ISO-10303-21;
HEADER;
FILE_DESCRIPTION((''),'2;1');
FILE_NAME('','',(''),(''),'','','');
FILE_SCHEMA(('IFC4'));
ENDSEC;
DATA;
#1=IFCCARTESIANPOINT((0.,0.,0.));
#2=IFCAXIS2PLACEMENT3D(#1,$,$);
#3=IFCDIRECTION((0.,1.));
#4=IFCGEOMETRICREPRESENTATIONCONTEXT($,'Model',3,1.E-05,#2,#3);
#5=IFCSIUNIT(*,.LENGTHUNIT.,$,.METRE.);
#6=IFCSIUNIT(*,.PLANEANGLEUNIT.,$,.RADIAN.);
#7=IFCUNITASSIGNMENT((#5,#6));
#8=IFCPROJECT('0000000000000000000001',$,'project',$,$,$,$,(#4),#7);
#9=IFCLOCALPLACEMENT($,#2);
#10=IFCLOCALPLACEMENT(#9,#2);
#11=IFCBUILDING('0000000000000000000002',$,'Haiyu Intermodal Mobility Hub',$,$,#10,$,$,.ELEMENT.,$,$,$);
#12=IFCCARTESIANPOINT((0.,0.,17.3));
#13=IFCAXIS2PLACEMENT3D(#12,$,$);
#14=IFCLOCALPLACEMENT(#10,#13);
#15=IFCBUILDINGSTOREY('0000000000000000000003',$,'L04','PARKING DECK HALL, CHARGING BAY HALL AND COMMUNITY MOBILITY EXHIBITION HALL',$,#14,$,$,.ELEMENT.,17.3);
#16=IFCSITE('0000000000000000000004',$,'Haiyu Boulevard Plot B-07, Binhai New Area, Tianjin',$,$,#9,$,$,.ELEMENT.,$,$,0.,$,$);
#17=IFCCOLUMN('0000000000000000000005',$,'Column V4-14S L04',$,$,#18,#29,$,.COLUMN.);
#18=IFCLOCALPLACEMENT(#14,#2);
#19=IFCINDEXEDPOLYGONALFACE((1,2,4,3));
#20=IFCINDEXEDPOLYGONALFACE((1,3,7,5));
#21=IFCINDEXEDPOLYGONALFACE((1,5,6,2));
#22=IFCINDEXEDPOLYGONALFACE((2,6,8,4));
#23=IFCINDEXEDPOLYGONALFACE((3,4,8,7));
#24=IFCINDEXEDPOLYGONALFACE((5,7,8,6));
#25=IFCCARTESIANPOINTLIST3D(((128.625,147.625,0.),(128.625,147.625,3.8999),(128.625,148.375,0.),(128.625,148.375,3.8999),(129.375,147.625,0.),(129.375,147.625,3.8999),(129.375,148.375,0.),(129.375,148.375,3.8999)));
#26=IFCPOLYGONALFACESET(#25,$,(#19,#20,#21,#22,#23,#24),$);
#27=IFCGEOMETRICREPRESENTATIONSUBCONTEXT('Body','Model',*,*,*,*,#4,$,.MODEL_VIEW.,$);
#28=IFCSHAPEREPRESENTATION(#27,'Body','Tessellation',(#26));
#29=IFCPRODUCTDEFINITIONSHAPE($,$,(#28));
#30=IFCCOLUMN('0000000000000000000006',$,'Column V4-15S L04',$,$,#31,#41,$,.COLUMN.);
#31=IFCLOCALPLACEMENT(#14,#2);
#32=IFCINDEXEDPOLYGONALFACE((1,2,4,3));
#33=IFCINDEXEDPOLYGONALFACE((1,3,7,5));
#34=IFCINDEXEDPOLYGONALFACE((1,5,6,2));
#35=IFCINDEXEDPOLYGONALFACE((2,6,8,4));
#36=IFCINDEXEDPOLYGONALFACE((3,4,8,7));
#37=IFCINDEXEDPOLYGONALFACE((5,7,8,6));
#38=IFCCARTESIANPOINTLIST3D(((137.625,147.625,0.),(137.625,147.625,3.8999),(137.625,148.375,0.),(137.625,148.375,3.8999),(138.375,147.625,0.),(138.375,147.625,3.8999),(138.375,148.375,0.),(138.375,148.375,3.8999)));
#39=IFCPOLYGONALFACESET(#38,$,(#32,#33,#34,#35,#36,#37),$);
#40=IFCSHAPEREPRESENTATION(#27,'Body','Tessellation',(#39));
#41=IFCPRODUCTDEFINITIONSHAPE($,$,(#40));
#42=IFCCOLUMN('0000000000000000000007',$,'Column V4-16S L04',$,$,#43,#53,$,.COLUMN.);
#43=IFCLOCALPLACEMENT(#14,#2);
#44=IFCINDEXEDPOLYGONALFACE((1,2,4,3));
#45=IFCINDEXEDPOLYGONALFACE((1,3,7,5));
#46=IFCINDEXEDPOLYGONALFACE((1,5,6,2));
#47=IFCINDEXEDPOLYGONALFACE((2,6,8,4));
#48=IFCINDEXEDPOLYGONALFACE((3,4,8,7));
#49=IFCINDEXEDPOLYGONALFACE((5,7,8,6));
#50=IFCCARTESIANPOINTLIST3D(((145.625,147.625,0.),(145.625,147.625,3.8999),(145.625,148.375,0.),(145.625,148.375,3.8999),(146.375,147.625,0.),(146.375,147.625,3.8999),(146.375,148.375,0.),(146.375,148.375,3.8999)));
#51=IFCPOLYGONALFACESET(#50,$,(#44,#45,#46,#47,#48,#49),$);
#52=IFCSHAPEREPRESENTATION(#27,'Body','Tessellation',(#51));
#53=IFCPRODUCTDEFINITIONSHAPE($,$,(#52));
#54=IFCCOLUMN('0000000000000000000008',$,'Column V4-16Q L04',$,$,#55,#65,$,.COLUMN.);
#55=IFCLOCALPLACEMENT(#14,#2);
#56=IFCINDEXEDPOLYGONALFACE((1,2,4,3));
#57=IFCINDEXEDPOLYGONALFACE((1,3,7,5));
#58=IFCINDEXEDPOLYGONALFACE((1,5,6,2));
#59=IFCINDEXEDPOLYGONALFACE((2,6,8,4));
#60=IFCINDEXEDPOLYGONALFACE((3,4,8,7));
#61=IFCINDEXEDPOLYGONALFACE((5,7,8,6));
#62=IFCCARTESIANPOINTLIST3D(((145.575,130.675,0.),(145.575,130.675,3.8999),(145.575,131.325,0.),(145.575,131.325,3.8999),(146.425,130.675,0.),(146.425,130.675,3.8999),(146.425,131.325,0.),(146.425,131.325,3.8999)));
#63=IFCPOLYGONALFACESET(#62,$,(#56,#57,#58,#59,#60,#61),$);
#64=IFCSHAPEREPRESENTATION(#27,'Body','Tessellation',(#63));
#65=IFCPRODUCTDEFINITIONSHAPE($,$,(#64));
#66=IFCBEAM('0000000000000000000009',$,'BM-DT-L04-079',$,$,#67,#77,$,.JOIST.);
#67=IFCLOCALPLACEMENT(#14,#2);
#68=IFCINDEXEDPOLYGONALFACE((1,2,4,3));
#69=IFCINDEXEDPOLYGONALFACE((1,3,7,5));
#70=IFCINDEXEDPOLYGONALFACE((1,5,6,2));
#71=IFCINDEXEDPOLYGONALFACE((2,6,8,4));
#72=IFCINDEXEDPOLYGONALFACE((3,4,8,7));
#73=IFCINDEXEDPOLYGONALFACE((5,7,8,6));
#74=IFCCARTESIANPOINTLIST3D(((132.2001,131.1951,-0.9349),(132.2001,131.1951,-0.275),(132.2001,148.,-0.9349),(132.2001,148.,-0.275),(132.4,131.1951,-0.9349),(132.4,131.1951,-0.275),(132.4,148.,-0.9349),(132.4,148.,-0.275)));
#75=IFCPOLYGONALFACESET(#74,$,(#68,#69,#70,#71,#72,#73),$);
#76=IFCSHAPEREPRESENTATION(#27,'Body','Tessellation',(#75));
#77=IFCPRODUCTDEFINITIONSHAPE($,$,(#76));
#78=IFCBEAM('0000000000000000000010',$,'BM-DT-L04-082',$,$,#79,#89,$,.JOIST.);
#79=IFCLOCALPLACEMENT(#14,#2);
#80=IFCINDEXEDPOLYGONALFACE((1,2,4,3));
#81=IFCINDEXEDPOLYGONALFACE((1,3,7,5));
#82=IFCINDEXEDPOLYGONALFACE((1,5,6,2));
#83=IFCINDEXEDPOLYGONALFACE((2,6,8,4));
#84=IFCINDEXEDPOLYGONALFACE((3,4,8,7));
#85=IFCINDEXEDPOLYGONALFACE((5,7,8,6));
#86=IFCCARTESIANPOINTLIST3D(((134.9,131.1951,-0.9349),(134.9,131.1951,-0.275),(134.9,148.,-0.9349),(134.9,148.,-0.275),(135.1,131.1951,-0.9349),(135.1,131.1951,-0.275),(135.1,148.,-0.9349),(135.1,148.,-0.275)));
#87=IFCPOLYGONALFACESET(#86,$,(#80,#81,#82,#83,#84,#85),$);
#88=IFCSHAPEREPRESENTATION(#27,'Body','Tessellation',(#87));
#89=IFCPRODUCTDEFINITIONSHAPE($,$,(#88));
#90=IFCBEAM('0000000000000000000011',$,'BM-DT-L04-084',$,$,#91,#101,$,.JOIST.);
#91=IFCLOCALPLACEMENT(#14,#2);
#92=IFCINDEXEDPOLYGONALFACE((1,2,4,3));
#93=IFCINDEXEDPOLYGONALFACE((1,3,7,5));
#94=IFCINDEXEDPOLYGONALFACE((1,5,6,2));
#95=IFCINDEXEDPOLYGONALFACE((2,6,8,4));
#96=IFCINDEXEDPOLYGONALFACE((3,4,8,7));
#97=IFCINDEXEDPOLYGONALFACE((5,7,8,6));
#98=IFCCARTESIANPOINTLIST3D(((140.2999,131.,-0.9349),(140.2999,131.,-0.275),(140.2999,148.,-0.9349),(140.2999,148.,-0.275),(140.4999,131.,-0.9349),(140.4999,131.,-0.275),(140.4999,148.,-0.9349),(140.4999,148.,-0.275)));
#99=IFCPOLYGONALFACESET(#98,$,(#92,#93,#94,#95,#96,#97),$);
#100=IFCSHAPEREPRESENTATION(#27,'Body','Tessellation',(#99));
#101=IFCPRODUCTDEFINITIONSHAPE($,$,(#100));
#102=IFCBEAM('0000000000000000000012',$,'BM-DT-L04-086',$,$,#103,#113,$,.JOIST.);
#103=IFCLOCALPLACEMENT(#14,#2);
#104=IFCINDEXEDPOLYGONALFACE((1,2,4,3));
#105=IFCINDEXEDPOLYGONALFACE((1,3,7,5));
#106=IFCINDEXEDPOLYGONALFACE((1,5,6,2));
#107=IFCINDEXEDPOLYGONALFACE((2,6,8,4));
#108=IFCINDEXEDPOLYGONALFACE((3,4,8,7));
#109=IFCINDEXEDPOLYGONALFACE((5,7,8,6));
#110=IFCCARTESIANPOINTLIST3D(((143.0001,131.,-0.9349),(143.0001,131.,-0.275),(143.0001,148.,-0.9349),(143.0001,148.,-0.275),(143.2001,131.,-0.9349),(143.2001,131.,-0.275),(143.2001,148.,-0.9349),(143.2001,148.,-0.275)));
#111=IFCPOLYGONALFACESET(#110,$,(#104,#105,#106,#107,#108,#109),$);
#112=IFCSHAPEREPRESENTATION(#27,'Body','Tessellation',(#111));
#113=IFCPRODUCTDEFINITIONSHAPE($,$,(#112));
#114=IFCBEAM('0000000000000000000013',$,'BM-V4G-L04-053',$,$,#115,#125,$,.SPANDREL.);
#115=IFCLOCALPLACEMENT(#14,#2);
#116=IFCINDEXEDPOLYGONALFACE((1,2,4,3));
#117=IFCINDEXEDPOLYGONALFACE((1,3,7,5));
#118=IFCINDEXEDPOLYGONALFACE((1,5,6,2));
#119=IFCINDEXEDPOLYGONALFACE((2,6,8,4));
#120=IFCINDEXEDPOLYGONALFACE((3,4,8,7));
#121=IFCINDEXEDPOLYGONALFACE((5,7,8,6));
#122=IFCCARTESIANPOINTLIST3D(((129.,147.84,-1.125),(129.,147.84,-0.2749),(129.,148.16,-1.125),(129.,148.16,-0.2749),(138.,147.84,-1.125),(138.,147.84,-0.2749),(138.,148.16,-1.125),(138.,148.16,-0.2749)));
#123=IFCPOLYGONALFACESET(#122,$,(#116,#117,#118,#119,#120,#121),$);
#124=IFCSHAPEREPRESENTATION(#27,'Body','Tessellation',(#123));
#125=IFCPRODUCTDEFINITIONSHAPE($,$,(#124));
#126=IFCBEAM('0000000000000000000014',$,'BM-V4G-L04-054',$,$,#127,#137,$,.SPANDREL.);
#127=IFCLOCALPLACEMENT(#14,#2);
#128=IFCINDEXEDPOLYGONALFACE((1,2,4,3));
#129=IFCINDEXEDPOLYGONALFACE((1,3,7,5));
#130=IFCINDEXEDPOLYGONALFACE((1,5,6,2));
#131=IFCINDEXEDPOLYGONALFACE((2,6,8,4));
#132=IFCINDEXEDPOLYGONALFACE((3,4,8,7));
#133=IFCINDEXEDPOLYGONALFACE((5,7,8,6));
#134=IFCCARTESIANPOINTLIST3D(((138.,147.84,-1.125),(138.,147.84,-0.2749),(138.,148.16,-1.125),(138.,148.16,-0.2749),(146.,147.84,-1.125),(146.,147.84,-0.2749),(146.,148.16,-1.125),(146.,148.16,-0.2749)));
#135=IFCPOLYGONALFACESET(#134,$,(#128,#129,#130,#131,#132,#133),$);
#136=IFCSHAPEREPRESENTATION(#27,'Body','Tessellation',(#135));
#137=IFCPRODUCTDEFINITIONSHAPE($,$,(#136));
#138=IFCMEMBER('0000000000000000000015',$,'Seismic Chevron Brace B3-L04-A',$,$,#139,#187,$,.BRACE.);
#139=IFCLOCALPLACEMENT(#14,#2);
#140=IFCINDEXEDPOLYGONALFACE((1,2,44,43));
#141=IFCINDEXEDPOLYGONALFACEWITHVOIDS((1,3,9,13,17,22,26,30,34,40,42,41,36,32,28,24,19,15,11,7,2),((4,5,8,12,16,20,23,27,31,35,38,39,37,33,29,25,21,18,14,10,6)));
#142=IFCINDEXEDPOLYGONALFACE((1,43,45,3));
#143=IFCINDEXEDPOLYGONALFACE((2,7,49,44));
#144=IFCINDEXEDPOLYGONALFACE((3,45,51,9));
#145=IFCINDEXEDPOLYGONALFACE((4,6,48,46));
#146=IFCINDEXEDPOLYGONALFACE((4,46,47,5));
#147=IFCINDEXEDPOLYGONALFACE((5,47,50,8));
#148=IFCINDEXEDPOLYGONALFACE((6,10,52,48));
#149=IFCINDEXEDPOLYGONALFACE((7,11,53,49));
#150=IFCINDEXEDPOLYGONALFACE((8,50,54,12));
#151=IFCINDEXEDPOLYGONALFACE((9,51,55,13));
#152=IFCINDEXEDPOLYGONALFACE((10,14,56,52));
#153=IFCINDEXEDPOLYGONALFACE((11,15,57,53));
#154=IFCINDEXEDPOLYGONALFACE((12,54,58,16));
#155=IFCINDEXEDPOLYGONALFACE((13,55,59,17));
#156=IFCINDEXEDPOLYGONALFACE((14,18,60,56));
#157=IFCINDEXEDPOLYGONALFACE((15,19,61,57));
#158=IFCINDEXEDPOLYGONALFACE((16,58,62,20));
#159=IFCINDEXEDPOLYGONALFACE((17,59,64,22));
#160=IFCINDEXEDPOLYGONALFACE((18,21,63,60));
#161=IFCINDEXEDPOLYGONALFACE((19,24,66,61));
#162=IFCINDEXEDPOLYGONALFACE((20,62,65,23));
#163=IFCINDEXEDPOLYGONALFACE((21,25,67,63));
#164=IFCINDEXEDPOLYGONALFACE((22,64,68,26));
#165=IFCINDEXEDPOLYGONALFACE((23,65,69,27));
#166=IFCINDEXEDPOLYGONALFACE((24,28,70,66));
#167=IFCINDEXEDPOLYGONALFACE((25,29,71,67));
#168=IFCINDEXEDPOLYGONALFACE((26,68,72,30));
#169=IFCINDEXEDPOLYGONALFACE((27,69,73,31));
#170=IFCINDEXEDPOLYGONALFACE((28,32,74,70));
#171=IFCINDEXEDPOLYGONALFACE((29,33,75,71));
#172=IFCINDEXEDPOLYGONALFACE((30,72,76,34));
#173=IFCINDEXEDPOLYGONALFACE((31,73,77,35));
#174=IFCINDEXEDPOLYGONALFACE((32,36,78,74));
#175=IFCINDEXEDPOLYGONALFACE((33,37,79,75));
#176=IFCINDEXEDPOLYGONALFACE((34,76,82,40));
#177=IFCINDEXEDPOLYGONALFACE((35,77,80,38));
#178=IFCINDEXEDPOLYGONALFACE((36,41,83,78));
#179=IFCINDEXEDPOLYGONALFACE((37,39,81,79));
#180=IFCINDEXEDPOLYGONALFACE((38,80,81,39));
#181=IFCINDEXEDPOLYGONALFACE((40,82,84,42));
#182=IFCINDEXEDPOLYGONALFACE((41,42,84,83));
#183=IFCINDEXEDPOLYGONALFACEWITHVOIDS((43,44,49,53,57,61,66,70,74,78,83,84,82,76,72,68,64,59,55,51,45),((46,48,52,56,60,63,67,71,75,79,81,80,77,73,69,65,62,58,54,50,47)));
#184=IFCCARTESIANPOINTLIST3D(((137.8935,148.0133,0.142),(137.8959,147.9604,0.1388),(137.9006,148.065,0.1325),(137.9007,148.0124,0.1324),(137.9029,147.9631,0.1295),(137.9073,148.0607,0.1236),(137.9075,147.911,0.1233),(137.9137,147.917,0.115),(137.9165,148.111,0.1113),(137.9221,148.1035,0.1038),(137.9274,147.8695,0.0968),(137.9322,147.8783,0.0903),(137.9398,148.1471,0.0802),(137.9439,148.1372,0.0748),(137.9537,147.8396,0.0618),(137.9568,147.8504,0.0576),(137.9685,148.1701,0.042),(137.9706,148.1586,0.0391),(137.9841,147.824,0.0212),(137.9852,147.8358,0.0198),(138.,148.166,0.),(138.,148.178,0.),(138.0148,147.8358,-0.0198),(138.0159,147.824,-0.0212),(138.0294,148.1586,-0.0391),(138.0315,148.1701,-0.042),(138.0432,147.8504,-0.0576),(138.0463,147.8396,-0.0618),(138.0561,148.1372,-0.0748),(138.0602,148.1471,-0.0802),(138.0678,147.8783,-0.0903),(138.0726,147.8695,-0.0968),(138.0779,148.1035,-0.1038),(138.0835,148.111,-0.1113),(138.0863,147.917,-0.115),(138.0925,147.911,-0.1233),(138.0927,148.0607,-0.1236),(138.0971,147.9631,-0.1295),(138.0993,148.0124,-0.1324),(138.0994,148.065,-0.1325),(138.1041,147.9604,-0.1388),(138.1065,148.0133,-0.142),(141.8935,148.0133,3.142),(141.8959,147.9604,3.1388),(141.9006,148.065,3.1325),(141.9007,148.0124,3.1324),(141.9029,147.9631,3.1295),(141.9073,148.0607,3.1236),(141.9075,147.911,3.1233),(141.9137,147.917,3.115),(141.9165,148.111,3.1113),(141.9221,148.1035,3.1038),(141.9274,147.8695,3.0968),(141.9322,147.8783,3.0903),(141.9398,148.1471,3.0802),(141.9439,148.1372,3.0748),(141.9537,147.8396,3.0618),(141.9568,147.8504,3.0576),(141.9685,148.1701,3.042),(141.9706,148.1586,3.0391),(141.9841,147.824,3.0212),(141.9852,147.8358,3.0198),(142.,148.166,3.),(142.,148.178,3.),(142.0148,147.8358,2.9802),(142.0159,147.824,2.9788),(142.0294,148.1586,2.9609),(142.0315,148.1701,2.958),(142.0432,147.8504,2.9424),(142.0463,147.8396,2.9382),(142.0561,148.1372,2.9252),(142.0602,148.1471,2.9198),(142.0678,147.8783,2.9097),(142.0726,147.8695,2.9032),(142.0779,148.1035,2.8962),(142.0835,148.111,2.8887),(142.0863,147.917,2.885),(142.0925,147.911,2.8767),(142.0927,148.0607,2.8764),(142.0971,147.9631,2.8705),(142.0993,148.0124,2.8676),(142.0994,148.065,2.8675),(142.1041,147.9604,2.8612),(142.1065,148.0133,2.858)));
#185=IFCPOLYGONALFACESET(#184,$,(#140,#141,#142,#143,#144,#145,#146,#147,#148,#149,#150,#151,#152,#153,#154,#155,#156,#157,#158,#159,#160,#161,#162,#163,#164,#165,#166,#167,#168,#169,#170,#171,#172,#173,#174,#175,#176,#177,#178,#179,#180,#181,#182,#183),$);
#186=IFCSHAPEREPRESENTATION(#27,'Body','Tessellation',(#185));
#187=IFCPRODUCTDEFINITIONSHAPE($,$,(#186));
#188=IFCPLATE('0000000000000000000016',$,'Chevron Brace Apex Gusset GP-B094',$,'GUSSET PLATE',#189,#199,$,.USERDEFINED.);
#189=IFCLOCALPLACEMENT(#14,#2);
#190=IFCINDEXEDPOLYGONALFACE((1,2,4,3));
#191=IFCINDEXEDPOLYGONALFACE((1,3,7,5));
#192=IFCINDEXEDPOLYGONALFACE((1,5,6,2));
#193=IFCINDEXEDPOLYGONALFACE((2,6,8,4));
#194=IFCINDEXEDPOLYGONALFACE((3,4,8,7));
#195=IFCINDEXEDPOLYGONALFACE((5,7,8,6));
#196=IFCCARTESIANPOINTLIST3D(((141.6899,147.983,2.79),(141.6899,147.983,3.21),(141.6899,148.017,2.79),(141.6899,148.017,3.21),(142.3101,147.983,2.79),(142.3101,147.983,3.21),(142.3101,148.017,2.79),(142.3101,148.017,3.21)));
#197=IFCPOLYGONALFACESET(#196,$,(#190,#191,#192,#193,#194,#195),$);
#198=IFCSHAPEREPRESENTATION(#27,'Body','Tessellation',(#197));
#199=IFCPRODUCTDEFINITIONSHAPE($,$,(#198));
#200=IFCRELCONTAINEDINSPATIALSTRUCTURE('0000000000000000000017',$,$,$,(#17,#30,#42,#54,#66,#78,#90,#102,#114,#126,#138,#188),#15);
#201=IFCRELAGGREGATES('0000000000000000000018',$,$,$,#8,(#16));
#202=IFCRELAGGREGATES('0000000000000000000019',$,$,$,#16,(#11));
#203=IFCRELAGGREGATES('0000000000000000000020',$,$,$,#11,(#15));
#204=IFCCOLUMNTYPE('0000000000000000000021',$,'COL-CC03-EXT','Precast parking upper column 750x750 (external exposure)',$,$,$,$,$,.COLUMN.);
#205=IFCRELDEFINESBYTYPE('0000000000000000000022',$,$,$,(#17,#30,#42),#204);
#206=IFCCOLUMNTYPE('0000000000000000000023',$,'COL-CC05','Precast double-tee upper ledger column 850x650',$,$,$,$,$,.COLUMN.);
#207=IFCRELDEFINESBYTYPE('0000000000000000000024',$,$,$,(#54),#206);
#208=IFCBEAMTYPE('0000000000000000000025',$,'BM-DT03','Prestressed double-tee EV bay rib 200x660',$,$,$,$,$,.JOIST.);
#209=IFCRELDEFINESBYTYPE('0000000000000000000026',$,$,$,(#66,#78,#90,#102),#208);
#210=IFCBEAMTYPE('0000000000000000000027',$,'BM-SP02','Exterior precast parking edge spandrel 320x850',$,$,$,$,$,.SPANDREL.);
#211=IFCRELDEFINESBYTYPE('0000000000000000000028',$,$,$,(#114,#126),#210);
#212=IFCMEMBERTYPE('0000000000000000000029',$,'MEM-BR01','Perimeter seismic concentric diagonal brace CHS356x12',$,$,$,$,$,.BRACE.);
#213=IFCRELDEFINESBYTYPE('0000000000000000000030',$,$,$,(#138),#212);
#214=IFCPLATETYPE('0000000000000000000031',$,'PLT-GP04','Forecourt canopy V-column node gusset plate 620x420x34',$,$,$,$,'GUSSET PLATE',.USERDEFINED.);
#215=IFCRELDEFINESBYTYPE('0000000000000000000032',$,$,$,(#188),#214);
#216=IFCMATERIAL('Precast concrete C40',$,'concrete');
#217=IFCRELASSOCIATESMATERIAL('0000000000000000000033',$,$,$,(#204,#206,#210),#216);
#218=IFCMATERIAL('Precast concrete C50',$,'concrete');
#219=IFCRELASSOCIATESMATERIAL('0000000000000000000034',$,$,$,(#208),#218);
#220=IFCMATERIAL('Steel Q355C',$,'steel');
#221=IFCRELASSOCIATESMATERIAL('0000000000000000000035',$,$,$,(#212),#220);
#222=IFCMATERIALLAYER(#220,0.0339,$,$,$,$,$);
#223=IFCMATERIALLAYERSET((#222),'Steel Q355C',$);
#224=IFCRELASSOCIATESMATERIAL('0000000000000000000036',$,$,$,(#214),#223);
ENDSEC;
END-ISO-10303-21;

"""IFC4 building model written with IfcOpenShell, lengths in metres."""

from ifc_helpers import new_model, si_unit, direction, frame, origin, origin_2d, place, context, subcontext, project, spatial, rectangle, hollow_circle, extrude, material, layer, layer_set, material_profile, profile_set, type_object, element, save


model = new_model("IFC4")

# Units and contexts
model_context = context("Model", 3, precision=1e-05, world=origin(), true_north=direction((0.0, 1.0)))
body_context = subcontext(model_context, "Body", "Model", "MODEL_VIEW")
ifc_project = project(units=[si_unit("LENGTHUNIT", "METRE"), si_unit("PLANEANGLEUNIT", "RADIAN")], contexts=[model_context])

# Site, building, storey
site_placement = place(None, origin())
site = spatial("IfcSite", under=ifc_project, at=site_placement, Name="Haiyu Boulevard Plot B-07, Binhai New Area, Tianjin", CompositionType="ELEMENT", RefElevation=0.0)
building_placement = place(site_placement, origin())
building = spatial("IfcBuilding", under=site, at=building_placement, Name="Haiyu Intermodal Mobility Hub", CompositionType="ELEMENT")
storey_placement = place(building_placement, frame((0.0, 0.0, 17.3)))
storey = spatial("IfcBuildingStorey", under=building, at=storey_placement, Name="L04", Description="PARKING DECK HALL, CHARGING BAY HALL AND COMMUNITY MOBILITY EXHIBITION HALL", CompositionType="ELEMENT", Elevation=17.3)

# Columns
ifc_material_1 = material(Name="Precast concrete C40", Category="concrete")
ifc_material_profile_1 = material_profile(ifc_material_1, rectangle(XDim=0.75, YDim=0.75, at=origin_2d()), Name="RC750x750")
ifc_profile_set_1 = profile_set([ifc_material_profile_1], Name="Precast concrete C40")
column_type_1 = type_object("IfcColumnType", Name="COL-CC03-EXT", Description="Precast parking upper column 750x750 (external exposure)", PredefinedType="COLUMN", material=ifc_profile_set_1)
for number, where, z_axis, x_axis, name in (
    (1, (129.0, 148.0, 0.0), (0.0, 0.0, 1.0), (1.0, 0.0, 0.0), "Column V4-14S L04"),
    (2, (138.0, 148.0, 0.0), (0.0, 0.0, 1.0), (1.0, 0.0, 0.0), "Column V4-15S L04"),
    (3, (146.0, 148.0, 0.0), (0.0, 0.0, 1.0), (1.0, 0.0, 0.0), "Column V4-16S L04"),
):
    element("IfcColumn", number, at=place(storey_placement, frame(where, z_axis=z_axis, x_axis=x_axis)), inside=storey, type_object=column_type_1, Name=name, PredefinedType="COLUMN", context=body_context, shape_type="SweptSolid", body=[
        extrude(rectangle(XDim=0.75, YDim=0.75, at=origin_2d()), origin(), (0.0, 0.0, 1.0), 3.8999),
    ])
ifc_material_profile_2 = material_profile(ifc_material_1, rectangle(XDim=0.8501, YDim=0.6499, at=origin_2d()), Name="RC850x650")
ifc_profile_set_2 = profile_set([ifc_material_profile_2], Name="Precast concrete C40")
column_type_2 = type_object("IfcColumnType", Name="COL-CC05", Description="Precast double-tee upper ledger column 850x650", PredefinedType="COLUMN", material=ifc_profile_set_2)
column_placement = place(storey_placement, frame((146.0, 131.0, 0.0), z_axis=(0.0, 0.0, 1.0), x_axis=(1.0, 0.0, 0.0)))
element("IfcColumn", 4, at=column_placement, inside=storey, type_object=column_type_2, Name="Column V4-16Q L04", PredefinedType="COLUMN", context=body_context, shape_type="SweptSolid", body=[
    extrude(rectangle(XDim=0.8501, YDim=0.6499, at=origin_2d()), origin(), (0.0, 0.0, 1.0), 3.8999),
])

# Beams
ifc_material_2 = material(Name="Precast concrete C50", Category="concrete")
ifc_material_profile_3 = material_profile(ifc_material_2, rectangle(XDim=0.2, YDim=0.6599, at=origin_2d()), Name="PC200x660")
ifc_profile_set_3 = profile_set([ifc_material_profile_3], Name="Precast concrete C50")
beam_type_1 = type_object("IfcBeamType", Name="BM-DT03", Description="Prestressed double-tee EV bay rib 200x660", PredefinedType="JOIST", material=ifc_profile_set_3)
for number, where, z_axis, x_axis, name in (
    (5, (132.3, 131.1951, -0.605), (0.0, 1.0, 0.0), (-1.0, 0.0, 0.0), "BM-DT-L04-079"),
    (6, (135.0, 131.1951, -0.605), (0.0, 1.0, 0.0), (-1.0, 0.0, 0.0), "BM-DT-L04-082"),
):
    element("IfcBeam", number, at=place(storey_placement, frame(where, z_axis=z_axis, x_axis=x_axis)), inside=storey, type_object=beam_type_1, Name=name, PredefinedType="JOIST", context=body_context, shape_type="SweptSolid", body=[
        extrude(rectangle(XDim=0.2, YDim=0.6599, at=origin_2d()), origin(), (0.0, 0.0, 1.0), 16.8049),
    ])
for number, where, z_axis, x_axis, name in (
    (7, (140.3999, 131.0, -0.605), (0.0, 1.0, 0.0), (-1.0, 0.0, 0.0), "BM-DT-L04-084"),
    (8, (143.1001, 131.0, -0.605), (0.0, 1.0, 0.0), (-1.0, 0.0, 0.0), "BM-DT-L04-086"),
):
    element("IfcBeam", number, at=place(storey_placement, frame(where, z_axis=z_axis, x_axis=x_axis)), inside=storey, type_object=beam_type_1, Name=name, PredefinedType="JOIST", context=body_context, shape_type="SweptSolid", body=[
        extrude(rectangle(XDim=0.2, YDim=0.6599, at=origin_2d()), origin(), (0.0, 0.0, 1.0), 17.0),
    ])
ifc_material_profile_4 = material_profile(ifc_material_1, rectangle(XDim=0.3201, YDim=0.8501, at=origin_2d()), Name="PC320x850")
ifc_profile_set_4 = profile_set([ifc_material_profile_4], Name="Precast concrete C40")
beam_type_2 = type_object("IfcBeamType", Name="BM-SP02", Description="Exterior precast parking edge spandrel 320x850", PredefinedType="SPANDREL", material=ifc_profile_set_4)
beam_1_placement = place(storey_placement, frame((129.0, 148.0, -0.7), z_axis=(1.0, 0.0, 0.0), x_axis=(0.0, 1.0, 0.0)))
element("IfcBeam", 9, at=beam_1_placement, inside=storey, type_object=beam_type_2, Name="BM-V4G-L04-053", PredefinedType="SPANDREL", context=body_context, shape_type="SweptSolid", body=[
    extrude(rectangle(XDim=0.3201, YDim=0.8501, at=origin_2d()), origin(), (0.0, 0.0, 1.0), 9.0),
])
beam_2_placement = place(storey_placement, frame((138.0, 148.0, -0.7), z_axis=(1.0, 0.0, 0.0), x_axis=(0.0, 1.0, 0.0)))
element("IfcBeam", 10, at=beam_2_placement, inside=storey, type_object=beam_type_2, Name="BM-V4G-L04-054", PredefinedType="SPANDREL", context=body_context, shape_type="SweptSolid", body=[
    extrude(rectangle(XDim=0.3201, YDim=0.8501, at=origin_2d()), origin(), (0.0, 0.0, 1.0), 8.0),
])

# Member
ifc_material_3 = material(Name="Steel Q355C", Category="steel")
ifc_material_profile_5 = material_profile(ifc_material_3, hollow_circle(Radius=0.178, WallThickness=0.012, at=origin_2d()), Name="CHS356x12")
ifc_profile_set_5 = profile_set([ifc_material_profile_5], Name="Steel Q355C")
member_type = type_object("IfcMemberType", Name="MEM-BR01", Description="Perimeter seismic concentric diagonal brace CHS356x12", PredefinedType="BRACE", material=ifc_profile_set_5)
member_placement = place(storey_placement, frame((138.0, 148.0, 0.0), z_axis=(0.8, 0.0, 0.6), x_axis=(0.0, 1.0, 0.0)))
element("IfcMember", 11, at=member_placement, inside=storey, type_object=member_type, Name="Seismic Chevron Brace B3-L04-A", PredefinedType="BRACE", context=body_context, shape_type="SweptSolid", body=[
    extrude(hollow_circle(Radius=0.178, WallThickness=0.012, at=origin_2d()), origin(), (0.0, 0.0, 1.0), 5.0),
])

# Plate
ifc_layer = layer(ifc_material_3, 0.0339)
ifc_layer_set = layer_set([ifc_layer], Name="Steel Q355C")
plate_type = type_object("IfcPlateType", Name="PLT-GP04", Description="Forecourt canopy V-column node gusset plate 620x420x34", ElementType="GUSSET PLATE", PredefinedType="USERDEFINED", material=ifc_layer_set)
plate_placement = place(storey_placement, frame((142.0, 148.0, 2.79), z_axis=(0.0, 0.0, 1.0), x_axis=(1.0, 0.0, 0.0)))
element("IfcPlate", 12, at=plate_placement, inside=storey, type_object=plate_type, Name="Chevron Brace Apex Gusset GP-B094", ObjectType="GUSSET PLATE", PredefinedType="USERDEFINED", context=body_context, shape_type="SweptSolid", body=[
    extrude(rectangle(XDim=0.6201, YDim=0.0339, at=origin_2d()), origin(), (0.0, 0.0, 1.0), 0.4199),
])

save(model, "model.ifc")
